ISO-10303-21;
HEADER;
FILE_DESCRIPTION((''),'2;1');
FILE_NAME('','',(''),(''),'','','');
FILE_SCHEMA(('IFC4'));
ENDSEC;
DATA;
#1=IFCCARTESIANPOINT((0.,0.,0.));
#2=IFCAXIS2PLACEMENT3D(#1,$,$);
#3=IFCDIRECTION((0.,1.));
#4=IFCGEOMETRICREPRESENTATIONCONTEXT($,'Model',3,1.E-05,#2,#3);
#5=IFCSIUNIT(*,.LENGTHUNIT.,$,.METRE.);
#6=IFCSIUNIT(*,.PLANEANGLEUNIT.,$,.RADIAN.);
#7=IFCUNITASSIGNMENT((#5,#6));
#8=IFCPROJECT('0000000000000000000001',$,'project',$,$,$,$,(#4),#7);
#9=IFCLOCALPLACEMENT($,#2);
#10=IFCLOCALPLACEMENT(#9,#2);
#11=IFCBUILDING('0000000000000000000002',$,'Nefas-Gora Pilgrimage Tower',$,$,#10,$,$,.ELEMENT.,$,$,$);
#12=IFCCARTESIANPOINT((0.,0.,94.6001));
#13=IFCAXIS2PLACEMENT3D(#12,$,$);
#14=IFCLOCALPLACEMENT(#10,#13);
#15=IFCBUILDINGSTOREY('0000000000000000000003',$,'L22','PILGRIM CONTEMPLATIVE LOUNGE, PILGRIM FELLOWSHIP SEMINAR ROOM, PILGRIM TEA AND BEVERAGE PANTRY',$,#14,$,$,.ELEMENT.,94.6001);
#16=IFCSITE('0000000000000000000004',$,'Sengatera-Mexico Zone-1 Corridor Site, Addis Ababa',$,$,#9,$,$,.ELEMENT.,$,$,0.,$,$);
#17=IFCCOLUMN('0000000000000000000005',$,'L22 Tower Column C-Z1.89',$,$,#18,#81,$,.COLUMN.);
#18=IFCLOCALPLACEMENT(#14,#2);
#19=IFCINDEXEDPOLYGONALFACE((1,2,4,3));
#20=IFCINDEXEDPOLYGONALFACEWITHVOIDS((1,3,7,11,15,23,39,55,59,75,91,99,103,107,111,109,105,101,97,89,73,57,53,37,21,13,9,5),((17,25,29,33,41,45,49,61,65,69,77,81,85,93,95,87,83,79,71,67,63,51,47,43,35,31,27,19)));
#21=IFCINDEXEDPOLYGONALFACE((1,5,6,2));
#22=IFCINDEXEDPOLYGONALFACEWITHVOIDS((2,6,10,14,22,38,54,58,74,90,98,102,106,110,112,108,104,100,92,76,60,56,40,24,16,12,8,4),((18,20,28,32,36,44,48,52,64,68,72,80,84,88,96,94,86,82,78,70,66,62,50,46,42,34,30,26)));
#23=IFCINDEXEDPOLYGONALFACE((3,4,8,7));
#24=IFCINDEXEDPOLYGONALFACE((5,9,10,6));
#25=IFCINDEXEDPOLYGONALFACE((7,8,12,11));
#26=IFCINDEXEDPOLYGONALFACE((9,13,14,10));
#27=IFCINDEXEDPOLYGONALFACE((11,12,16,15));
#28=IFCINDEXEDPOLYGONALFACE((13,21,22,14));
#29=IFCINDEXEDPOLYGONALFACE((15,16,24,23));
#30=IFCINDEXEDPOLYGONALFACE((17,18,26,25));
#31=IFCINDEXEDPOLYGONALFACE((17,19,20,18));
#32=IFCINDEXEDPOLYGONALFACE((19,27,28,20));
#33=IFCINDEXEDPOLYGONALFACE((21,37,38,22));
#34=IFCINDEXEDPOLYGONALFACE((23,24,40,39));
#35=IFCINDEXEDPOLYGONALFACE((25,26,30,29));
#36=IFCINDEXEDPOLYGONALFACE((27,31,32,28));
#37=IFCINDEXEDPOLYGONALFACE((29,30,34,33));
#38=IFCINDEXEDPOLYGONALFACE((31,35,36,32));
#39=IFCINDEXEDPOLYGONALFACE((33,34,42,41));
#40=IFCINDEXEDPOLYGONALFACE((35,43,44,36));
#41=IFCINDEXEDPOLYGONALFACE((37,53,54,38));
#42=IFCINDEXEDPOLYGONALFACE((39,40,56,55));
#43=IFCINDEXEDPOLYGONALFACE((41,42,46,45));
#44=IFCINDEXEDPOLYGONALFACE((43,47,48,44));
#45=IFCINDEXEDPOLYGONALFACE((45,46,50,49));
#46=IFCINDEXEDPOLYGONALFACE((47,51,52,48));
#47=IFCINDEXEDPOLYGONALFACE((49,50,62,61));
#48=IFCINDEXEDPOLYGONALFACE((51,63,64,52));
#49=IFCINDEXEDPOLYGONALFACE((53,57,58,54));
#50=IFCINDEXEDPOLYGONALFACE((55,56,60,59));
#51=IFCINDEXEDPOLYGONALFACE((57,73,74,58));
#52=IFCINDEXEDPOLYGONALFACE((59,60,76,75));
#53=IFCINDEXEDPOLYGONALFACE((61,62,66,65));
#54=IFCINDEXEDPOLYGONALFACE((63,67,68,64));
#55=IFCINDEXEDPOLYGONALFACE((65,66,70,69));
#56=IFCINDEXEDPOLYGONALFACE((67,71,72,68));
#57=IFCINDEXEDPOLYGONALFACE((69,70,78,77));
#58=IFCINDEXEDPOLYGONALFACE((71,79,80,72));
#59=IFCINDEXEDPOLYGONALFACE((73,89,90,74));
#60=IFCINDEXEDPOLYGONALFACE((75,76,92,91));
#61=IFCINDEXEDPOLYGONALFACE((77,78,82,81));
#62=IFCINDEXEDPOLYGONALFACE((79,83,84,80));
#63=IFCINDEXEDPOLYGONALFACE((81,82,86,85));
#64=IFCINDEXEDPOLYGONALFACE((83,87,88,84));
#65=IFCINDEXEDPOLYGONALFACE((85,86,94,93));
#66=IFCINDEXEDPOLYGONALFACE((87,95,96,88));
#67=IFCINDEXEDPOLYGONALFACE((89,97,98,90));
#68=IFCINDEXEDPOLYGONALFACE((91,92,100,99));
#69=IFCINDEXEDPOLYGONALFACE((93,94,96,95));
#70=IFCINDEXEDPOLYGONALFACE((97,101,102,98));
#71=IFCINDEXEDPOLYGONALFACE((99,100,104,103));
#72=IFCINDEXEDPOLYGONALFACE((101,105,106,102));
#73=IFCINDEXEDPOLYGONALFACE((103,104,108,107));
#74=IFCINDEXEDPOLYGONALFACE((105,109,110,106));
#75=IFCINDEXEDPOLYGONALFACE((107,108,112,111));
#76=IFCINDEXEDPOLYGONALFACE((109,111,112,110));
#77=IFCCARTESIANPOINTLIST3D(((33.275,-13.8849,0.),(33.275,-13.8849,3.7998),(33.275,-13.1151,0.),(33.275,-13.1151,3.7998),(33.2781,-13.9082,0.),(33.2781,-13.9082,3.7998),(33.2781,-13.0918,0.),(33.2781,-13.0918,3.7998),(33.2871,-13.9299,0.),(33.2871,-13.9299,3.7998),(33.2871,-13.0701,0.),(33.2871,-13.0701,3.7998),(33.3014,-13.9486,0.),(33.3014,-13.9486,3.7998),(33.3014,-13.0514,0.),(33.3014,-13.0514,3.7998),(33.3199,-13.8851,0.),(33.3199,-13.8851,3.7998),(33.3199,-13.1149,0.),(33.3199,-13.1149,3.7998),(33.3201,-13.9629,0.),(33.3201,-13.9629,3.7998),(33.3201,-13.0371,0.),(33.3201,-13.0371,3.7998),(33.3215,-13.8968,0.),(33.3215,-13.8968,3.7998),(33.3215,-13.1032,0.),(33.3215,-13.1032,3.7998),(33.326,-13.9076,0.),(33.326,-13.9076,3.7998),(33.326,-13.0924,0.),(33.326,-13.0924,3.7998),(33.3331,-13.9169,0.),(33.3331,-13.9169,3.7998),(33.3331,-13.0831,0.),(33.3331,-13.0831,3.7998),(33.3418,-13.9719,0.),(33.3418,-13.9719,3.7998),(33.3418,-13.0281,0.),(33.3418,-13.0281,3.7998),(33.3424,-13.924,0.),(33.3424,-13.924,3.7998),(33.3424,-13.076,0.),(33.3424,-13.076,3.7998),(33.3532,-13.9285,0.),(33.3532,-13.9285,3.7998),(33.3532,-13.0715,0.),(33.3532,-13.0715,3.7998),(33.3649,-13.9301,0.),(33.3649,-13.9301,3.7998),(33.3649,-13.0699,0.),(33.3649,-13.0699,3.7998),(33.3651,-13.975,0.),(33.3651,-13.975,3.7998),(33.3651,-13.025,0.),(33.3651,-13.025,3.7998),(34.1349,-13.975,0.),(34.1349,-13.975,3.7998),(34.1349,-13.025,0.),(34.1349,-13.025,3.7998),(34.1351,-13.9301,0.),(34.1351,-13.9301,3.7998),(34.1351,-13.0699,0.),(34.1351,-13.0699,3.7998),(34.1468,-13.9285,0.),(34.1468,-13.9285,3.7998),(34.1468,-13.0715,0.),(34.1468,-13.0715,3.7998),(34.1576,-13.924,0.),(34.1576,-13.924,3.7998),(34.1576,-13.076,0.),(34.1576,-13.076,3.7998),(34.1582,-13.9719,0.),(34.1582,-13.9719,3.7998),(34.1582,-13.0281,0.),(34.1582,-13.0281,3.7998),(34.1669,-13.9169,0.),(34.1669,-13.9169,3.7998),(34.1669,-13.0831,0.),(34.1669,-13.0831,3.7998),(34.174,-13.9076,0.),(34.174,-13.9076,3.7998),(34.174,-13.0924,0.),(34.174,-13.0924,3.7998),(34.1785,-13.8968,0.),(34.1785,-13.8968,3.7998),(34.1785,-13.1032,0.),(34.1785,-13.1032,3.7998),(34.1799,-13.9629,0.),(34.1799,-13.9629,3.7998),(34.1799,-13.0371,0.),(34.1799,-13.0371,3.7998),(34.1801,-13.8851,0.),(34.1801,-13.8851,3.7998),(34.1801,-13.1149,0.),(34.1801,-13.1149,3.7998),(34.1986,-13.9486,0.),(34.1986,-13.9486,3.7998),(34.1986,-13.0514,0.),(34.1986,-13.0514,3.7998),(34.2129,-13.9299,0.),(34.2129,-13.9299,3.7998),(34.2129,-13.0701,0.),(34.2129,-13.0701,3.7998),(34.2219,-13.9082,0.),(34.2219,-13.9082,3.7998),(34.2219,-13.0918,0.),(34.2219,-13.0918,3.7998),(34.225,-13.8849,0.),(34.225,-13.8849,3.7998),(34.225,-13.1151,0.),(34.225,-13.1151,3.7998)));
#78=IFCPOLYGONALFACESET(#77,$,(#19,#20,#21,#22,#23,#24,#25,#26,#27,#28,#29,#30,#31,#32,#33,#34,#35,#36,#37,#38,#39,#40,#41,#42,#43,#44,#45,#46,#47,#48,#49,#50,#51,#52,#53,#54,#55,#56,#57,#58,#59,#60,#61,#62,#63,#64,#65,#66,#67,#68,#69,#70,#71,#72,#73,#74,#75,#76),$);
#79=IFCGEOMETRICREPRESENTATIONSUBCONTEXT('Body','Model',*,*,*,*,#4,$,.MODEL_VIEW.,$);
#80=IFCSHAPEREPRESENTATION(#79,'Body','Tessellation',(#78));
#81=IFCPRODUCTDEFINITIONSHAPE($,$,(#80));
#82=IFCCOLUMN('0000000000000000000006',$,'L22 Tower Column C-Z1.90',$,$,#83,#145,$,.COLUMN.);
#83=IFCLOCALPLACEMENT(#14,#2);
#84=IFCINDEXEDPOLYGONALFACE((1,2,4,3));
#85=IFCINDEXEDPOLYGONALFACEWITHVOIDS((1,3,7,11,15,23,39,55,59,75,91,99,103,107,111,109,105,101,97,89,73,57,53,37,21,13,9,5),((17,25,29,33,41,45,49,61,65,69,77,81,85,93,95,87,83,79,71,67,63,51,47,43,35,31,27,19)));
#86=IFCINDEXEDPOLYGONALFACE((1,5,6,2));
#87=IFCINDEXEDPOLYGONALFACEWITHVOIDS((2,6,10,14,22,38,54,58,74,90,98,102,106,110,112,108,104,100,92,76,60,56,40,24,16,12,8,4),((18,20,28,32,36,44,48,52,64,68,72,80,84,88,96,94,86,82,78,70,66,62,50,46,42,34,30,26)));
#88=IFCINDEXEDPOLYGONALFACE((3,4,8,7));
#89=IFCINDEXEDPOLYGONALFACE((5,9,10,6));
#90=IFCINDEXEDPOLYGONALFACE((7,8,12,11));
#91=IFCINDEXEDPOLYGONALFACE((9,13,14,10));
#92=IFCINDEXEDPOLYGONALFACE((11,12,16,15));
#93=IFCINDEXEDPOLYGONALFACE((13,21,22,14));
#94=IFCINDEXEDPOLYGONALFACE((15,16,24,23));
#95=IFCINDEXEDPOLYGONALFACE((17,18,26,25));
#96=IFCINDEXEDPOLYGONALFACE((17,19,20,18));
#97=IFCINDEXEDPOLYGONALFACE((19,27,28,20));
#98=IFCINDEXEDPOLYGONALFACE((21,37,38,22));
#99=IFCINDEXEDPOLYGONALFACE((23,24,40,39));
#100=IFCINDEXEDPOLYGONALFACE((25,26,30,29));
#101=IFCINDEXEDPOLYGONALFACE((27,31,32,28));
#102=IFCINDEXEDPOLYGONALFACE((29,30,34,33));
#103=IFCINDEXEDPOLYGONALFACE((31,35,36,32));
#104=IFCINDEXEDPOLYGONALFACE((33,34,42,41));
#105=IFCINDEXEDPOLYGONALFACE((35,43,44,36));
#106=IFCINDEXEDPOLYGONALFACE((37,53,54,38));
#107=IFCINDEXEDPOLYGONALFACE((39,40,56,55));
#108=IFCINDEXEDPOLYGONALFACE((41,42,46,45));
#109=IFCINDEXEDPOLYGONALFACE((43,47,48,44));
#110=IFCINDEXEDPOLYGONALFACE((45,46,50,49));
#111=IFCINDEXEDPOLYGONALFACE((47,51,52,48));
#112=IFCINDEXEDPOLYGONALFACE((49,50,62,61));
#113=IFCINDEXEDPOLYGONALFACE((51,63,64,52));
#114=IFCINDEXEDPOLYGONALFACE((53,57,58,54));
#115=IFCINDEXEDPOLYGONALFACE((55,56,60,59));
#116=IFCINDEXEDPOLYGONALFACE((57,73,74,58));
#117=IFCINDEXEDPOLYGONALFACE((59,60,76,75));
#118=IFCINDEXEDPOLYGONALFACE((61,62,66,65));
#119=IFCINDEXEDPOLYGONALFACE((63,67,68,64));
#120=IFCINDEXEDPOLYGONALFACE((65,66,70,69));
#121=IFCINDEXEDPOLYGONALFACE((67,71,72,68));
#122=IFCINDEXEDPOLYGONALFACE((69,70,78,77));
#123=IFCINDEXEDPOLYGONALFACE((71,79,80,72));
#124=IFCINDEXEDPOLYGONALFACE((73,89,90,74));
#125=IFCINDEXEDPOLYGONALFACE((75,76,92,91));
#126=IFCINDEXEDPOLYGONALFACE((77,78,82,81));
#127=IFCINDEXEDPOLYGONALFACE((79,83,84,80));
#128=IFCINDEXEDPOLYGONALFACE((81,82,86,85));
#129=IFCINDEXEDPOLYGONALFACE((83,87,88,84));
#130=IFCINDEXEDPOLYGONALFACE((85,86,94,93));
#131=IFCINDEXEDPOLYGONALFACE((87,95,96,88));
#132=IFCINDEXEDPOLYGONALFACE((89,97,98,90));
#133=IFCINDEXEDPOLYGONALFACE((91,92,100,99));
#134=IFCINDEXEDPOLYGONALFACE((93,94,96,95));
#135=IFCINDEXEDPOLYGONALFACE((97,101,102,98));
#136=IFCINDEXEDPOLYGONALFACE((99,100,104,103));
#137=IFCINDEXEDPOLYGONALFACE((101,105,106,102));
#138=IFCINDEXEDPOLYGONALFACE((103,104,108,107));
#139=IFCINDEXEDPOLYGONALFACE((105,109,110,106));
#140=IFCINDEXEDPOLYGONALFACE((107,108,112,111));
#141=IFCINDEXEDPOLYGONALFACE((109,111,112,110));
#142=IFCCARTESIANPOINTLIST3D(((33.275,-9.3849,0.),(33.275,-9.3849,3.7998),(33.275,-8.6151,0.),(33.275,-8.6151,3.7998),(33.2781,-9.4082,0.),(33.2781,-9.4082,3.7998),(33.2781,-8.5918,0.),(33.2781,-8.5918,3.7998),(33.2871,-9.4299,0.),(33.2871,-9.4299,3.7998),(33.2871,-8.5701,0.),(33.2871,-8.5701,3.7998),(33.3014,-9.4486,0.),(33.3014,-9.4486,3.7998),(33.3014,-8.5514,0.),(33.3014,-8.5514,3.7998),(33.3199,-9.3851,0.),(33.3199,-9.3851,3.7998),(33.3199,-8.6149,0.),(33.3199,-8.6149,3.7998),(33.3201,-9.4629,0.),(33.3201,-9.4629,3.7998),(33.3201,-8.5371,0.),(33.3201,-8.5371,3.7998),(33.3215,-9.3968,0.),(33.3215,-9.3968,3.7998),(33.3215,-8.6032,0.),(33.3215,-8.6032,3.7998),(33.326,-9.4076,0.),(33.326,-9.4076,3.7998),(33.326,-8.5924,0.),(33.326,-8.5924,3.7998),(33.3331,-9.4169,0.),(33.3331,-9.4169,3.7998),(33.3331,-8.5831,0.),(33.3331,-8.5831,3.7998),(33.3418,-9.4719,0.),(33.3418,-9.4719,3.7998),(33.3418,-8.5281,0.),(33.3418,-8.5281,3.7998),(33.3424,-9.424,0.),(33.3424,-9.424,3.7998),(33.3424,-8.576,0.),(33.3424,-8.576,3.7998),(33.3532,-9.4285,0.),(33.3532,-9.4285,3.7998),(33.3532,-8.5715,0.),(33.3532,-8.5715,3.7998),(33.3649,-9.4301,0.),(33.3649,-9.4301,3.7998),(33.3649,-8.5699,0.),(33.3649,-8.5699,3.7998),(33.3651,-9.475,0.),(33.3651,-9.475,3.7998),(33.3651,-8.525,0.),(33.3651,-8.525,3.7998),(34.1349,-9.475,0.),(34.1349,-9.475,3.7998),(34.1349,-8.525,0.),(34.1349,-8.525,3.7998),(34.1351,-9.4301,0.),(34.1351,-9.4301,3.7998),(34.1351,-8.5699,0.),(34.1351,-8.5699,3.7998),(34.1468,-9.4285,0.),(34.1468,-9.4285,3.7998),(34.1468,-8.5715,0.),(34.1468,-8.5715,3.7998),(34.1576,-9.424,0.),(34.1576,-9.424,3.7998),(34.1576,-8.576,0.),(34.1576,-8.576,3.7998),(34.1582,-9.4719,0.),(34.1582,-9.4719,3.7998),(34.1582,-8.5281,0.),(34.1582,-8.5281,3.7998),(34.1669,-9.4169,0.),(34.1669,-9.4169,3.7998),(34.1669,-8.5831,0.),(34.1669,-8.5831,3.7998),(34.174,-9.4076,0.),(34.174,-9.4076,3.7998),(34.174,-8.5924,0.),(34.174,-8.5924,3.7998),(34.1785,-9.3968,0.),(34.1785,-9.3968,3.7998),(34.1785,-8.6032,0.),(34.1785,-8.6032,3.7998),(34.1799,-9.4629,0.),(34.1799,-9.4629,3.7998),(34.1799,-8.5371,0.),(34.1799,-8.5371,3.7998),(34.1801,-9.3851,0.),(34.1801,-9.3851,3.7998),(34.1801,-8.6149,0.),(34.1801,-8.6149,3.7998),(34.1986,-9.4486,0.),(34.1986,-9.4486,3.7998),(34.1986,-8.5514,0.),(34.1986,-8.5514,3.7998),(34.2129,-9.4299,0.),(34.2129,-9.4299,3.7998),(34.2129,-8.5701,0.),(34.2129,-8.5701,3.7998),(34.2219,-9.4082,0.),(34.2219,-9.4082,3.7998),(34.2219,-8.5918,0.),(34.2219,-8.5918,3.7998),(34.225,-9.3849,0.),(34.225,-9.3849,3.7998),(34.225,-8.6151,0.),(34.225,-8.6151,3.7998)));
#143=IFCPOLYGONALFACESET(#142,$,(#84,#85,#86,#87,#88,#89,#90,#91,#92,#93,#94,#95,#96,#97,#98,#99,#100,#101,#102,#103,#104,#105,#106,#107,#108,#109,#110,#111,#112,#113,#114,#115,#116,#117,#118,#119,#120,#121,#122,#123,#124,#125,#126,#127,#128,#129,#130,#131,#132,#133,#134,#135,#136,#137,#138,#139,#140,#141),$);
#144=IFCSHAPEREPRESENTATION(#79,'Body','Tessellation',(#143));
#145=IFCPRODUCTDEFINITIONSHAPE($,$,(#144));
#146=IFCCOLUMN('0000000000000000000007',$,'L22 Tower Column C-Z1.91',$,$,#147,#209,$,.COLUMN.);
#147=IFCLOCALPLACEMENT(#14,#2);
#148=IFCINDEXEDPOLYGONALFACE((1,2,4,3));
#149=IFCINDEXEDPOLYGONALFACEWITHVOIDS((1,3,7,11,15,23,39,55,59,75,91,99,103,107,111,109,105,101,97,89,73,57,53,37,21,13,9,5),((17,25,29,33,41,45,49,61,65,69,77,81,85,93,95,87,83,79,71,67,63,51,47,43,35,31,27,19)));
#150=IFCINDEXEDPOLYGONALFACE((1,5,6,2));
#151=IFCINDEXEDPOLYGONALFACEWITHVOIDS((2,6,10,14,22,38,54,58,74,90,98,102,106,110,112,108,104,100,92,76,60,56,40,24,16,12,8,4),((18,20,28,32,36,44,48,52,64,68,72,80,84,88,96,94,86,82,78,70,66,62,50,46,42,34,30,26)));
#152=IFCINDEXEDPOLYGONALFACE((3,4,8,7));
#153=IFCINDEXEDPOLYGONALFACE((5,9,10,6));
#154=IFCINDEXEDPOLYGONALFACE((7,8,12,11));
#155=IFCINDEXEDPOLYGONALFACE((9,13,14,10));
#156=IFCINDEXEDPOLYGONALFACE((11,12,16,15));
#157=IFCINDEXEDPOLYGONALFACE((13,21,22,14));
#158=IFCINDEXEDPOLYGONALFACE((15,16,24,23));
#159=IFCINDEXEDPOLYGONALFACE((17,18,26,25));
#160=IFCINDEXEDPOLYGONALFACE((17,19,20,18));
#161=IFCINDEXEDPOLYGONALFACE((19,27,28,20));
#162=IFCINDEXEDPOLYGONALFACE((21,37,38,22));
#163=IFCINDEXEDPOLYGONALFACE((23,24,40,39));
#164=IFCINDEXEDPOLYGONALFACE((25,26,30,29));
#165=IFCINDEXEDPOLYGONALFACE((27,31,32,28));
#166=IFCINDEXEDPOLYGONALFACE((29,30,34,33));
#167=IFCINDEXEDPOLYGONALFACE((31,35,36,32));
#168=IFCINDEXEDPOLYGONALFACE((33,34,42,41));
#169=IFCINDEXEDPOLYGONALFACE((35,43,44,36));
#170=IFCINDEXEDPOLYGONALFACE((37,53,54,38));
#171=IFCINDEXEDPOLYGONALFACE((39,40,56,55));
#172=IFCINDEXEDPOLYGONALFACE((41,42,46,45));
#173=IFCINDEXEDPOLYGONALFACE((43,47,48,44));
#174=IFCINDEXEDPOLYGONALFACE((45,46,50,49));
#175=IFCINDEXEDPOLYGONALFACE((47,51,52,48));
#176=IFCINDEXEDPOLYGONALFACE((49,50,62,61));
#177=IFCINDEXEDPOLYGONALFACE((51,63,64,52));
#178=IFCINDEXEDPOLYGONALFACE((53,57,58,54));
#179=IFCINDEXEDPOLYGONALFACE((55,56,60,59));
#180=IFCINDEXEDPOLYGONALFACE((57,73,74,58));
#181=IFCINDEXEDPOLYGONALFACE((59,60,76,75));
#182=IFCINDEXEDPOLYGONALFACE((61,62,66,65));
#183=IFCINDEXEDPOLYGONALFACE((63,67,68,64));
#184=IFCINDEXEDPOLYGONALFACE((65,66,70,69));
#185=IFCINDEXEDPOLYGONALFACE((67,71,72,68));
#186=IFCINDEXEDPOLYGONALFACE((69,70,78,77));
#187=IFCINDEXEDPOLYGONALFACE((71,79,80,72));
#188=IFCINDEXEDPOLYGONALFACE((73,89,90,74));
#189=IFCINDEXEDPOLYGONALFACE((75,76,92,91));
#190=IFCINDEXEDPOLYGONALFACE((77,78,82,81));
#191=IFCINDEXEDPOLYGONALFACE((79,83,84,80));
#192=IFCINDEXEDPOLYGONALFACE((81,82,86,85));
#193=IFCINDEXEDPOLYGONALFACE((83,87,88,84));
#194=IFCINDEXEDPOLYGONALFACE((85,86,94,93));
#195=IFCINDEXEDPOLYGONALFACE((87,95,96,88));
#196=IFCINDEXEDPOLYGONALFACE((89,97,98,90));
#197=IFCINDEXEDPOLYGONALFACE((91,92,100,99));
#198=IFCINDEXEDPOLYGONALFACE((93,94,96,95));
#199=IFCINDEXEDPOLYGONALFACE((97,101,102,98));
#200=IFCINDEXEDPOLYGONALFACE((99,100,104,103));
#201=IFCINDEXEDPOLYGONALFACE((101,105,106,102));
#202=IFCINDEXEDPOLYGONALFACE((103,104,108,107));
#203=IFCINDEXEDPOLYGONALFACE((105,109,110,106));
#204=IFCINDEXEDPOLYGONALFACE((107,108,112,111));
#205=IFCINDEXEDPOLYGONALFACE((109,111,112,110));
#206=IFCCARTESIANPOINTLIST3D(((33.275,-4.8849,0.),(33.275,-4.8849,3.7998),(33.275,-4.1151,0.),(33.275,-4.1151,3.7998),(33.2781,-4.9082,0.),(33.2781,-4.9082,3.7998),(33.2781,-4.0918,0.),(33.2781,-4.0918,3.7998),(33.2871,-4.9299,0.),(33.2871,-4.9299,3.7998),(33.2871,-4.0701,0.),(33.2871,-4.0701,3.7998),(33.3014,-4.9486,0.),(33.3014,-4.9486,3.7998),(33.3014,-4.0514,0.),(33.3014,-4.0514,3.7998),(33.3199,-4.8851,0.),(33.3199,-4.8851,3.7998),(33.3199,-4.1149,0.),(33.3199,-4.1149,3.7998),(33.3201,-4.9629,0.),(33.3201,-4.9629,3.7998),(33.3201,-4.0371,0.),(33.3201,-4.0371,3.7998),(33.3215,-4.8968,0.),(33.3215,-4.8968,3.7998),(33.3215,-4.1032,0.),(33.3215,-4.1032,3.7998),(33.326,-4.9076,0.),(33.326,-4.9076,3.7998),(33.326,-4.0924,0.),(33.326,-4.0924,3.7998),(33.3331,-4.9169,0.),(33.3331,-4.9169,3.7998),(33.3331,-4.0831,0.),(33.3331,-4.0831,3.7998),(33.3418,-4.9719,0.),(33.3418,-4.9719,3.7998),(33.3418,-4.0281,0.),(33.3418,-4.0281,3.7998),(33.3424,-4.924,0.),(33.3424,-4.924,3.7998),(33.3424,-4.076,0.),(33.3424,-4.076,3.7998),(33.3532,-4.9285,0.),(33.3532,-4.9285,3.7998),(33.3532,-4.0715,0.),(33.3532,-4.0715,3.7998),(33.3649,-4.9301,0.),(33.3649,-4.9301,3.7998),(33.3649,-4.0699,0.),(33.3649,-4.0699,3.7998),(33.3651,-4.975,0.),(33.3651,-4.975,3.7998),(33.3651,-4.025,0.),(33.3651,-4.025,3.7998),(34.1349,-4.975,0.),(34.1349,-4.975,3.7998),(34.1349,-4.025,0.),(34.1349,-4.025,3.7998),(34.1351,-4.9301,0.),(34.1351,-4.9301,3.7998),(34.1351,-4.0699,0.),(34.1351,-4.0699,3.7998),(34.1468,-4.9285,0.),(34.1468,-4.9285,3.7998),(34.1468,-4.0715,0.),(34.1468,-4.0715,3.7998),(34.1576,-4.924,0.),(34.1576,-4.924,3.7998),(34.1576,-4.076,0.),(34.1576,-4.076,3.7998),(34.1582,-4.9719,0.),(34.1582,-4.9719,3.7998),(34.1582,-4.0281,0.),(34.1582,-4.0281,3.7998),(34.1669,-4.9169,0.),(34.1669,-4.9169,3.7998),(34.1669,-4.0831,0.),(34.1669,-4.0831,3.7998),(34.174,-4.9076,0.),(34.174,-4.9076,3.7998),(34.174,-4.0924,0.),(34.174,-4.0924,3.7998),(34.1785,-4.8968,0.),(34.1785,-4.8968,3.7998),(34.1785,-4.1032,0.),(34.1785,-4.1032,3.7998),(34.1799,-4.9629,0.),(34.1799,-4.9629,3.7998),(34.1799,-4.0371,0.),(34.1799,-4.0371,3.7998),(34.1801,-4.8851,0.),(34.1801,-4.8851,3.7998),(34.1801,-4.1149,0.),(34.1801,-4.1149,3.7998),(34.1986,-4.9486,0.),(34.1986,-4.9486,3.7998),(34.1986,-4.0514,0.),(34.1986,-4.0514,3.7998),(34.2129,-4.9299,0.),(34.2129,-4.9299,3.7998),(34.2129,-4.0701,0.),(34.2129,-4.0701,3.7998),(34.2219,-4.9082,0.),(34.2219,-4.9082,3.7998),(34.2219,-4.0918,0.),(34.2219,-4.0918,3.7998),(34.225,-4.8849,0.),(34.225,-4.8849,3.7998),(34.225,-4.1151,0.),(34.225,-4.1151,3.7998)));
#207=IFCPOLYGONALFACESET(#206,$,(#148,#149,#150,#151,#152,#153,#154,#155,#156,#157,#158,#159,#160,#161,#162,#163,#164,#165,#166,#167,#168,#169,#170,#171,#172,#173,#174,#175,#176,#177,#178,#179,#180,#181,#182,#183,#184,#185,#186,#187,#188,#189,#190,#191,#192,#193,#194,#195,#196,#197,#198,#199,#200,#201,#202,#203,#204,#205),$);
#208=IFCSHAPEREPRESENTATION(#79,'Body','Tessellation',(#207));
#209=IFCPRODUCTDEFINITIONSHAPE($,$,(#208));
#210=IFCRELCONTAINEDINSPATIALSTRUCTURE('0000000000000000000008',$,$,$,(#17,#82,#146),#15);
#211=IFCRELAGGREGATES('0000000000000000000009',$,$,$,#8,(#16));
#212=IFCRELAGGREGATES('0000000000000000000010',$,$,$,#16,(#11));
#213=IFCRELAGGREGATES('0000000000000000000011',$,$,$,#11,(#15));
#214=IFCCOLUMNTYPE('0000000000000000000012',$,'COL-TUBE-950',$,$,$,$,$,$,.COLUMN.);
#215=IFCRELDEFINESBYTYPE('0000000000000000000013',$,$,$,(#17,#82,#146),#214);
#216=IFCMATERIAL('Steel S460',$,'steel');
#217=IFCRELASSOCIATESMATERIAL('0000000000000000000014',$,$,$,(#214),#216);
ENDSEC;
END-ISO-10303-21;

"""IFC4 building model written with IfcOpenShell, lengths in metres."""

from ifc_helpers import new_model, si_unit, direction, frame, origin, origin_2d, place, context, subcontext, project, spatial, hollow_rectangle, extrude, source, transform, mapped, material, material_profile, profile_set, type_object, element, save


model = new_model("IFC4")

# Units and contexts
model_context = context("Model", 3, precision=1e-05, world=origin(), true_north=direction((0.0, 1.0)))
body_context = subcontext(model_context, "Body", "Model", "MODEL_VIEW")
ifc_project = project(units=[si_unit("LENGTHUNIT", "METRE"), si_unit("PLANEANGLEUNIT", "RADIAN")], contexts=[model_context])

# Site, building, storey
site_placement = place(None, origin())
site = spatial("IfcSite", under=ifc_project, at=site_placement, Name="Sengatera-Mexico Zone-1 Corridor Site, Addis Ababa", CompositionType="ELEMENT", RefElevation=0.0)
building_placement = place(site_placement, origin())
building = spatial("IfcBuilding", under=site, at=building_placement, Name="Nefas-Gora Pilgrimage Tower", CompositionType="ELEMENT")
storey_placement = place(building_placement, frame((0.0, 0.0, 94.6001)))
storey = spatial("IfcBuildingStorey", under=building, at=storey_placement, Name="L22", Description="PILGRIM CONTEMPLATIVE LOUNGE, PILGRIM FELLOWSHIP SEMINAR ROOM, PILGRIM TEA AND BEVERAGE PANTRY", CompositionType="ELEMENT", Elevation=94.6001)

# Columns
ifc_material_1 = material(Name="Steel S460", Category="steel")
ifc_material_profile_1 = material_profile(ifc_material_1, hollow_rectangle(XDim=0.95, YDim=0.95, WallThickness=0.0449, InnerFilletRadius=0.0449, OuterFilletRadius=0.0901, at=origin_2d()), Name="BOX 950x950x45")
ifc_profile_set_1 = profile_set([ifc_material_profile_1], Name="Steel S460")
column_type_1 = type_object("IfcColumnType", Name="COL-TUBE-950", PredefinedType="COLUMN", material=ifc_profile_set_1)
shared_shape_1 = source(origin(), body_context, "Body", "SweptSolid", [
    extrude(hollow_rectangle(XDim=0.95, YDim=0.95, WallThickness=0.0449, InnerFilletRadius=0.0449, OuterFilletRadius=0.0901, at=origin_2d()), origin(), (0.0, 0.0, 1.0), 3.7998),
])
for number, where, z_axis, x_axis, name in (
    (1, (33.75, -13.5, 0.0), (0.0, 0.0, 1.0), (1.0, 0.0, 0.0), "L22 Tower Column C-Z1.89"),
    (2, (33.75, -9.0, 0.0), (0.0, 0.0, 1.0), (1.0, 0.0, 0.0), "L22 Tower Column C-Z1.90"),
    (3, (33.75, -4.5, 0.0), (0.0, 0.0, 1.0), (1.0, 0.0, 0.0), "L22 Tower Column C-Z1.91"),
):
    element("IfcColumn", number, at=place(storey_placement, frame(where, z_axis=z_axis, x_axis=x_axis)), inside=storey, type_object=column_type_1, Name=name, PredefinedType="COLUMN", context=body_context, shape_type="MappedRepresentation", body=[
        mapped(shared_shape_1, transform((0.0, 0.0, 0.0), x_axis=(1.0, 0.0, 0.0), y_axis=(0.0, 1.0, 0.0), z_axis=(0.0, 0.0, 1.0), scale=1.0)),
    ])

save(model, "model.ifc")
